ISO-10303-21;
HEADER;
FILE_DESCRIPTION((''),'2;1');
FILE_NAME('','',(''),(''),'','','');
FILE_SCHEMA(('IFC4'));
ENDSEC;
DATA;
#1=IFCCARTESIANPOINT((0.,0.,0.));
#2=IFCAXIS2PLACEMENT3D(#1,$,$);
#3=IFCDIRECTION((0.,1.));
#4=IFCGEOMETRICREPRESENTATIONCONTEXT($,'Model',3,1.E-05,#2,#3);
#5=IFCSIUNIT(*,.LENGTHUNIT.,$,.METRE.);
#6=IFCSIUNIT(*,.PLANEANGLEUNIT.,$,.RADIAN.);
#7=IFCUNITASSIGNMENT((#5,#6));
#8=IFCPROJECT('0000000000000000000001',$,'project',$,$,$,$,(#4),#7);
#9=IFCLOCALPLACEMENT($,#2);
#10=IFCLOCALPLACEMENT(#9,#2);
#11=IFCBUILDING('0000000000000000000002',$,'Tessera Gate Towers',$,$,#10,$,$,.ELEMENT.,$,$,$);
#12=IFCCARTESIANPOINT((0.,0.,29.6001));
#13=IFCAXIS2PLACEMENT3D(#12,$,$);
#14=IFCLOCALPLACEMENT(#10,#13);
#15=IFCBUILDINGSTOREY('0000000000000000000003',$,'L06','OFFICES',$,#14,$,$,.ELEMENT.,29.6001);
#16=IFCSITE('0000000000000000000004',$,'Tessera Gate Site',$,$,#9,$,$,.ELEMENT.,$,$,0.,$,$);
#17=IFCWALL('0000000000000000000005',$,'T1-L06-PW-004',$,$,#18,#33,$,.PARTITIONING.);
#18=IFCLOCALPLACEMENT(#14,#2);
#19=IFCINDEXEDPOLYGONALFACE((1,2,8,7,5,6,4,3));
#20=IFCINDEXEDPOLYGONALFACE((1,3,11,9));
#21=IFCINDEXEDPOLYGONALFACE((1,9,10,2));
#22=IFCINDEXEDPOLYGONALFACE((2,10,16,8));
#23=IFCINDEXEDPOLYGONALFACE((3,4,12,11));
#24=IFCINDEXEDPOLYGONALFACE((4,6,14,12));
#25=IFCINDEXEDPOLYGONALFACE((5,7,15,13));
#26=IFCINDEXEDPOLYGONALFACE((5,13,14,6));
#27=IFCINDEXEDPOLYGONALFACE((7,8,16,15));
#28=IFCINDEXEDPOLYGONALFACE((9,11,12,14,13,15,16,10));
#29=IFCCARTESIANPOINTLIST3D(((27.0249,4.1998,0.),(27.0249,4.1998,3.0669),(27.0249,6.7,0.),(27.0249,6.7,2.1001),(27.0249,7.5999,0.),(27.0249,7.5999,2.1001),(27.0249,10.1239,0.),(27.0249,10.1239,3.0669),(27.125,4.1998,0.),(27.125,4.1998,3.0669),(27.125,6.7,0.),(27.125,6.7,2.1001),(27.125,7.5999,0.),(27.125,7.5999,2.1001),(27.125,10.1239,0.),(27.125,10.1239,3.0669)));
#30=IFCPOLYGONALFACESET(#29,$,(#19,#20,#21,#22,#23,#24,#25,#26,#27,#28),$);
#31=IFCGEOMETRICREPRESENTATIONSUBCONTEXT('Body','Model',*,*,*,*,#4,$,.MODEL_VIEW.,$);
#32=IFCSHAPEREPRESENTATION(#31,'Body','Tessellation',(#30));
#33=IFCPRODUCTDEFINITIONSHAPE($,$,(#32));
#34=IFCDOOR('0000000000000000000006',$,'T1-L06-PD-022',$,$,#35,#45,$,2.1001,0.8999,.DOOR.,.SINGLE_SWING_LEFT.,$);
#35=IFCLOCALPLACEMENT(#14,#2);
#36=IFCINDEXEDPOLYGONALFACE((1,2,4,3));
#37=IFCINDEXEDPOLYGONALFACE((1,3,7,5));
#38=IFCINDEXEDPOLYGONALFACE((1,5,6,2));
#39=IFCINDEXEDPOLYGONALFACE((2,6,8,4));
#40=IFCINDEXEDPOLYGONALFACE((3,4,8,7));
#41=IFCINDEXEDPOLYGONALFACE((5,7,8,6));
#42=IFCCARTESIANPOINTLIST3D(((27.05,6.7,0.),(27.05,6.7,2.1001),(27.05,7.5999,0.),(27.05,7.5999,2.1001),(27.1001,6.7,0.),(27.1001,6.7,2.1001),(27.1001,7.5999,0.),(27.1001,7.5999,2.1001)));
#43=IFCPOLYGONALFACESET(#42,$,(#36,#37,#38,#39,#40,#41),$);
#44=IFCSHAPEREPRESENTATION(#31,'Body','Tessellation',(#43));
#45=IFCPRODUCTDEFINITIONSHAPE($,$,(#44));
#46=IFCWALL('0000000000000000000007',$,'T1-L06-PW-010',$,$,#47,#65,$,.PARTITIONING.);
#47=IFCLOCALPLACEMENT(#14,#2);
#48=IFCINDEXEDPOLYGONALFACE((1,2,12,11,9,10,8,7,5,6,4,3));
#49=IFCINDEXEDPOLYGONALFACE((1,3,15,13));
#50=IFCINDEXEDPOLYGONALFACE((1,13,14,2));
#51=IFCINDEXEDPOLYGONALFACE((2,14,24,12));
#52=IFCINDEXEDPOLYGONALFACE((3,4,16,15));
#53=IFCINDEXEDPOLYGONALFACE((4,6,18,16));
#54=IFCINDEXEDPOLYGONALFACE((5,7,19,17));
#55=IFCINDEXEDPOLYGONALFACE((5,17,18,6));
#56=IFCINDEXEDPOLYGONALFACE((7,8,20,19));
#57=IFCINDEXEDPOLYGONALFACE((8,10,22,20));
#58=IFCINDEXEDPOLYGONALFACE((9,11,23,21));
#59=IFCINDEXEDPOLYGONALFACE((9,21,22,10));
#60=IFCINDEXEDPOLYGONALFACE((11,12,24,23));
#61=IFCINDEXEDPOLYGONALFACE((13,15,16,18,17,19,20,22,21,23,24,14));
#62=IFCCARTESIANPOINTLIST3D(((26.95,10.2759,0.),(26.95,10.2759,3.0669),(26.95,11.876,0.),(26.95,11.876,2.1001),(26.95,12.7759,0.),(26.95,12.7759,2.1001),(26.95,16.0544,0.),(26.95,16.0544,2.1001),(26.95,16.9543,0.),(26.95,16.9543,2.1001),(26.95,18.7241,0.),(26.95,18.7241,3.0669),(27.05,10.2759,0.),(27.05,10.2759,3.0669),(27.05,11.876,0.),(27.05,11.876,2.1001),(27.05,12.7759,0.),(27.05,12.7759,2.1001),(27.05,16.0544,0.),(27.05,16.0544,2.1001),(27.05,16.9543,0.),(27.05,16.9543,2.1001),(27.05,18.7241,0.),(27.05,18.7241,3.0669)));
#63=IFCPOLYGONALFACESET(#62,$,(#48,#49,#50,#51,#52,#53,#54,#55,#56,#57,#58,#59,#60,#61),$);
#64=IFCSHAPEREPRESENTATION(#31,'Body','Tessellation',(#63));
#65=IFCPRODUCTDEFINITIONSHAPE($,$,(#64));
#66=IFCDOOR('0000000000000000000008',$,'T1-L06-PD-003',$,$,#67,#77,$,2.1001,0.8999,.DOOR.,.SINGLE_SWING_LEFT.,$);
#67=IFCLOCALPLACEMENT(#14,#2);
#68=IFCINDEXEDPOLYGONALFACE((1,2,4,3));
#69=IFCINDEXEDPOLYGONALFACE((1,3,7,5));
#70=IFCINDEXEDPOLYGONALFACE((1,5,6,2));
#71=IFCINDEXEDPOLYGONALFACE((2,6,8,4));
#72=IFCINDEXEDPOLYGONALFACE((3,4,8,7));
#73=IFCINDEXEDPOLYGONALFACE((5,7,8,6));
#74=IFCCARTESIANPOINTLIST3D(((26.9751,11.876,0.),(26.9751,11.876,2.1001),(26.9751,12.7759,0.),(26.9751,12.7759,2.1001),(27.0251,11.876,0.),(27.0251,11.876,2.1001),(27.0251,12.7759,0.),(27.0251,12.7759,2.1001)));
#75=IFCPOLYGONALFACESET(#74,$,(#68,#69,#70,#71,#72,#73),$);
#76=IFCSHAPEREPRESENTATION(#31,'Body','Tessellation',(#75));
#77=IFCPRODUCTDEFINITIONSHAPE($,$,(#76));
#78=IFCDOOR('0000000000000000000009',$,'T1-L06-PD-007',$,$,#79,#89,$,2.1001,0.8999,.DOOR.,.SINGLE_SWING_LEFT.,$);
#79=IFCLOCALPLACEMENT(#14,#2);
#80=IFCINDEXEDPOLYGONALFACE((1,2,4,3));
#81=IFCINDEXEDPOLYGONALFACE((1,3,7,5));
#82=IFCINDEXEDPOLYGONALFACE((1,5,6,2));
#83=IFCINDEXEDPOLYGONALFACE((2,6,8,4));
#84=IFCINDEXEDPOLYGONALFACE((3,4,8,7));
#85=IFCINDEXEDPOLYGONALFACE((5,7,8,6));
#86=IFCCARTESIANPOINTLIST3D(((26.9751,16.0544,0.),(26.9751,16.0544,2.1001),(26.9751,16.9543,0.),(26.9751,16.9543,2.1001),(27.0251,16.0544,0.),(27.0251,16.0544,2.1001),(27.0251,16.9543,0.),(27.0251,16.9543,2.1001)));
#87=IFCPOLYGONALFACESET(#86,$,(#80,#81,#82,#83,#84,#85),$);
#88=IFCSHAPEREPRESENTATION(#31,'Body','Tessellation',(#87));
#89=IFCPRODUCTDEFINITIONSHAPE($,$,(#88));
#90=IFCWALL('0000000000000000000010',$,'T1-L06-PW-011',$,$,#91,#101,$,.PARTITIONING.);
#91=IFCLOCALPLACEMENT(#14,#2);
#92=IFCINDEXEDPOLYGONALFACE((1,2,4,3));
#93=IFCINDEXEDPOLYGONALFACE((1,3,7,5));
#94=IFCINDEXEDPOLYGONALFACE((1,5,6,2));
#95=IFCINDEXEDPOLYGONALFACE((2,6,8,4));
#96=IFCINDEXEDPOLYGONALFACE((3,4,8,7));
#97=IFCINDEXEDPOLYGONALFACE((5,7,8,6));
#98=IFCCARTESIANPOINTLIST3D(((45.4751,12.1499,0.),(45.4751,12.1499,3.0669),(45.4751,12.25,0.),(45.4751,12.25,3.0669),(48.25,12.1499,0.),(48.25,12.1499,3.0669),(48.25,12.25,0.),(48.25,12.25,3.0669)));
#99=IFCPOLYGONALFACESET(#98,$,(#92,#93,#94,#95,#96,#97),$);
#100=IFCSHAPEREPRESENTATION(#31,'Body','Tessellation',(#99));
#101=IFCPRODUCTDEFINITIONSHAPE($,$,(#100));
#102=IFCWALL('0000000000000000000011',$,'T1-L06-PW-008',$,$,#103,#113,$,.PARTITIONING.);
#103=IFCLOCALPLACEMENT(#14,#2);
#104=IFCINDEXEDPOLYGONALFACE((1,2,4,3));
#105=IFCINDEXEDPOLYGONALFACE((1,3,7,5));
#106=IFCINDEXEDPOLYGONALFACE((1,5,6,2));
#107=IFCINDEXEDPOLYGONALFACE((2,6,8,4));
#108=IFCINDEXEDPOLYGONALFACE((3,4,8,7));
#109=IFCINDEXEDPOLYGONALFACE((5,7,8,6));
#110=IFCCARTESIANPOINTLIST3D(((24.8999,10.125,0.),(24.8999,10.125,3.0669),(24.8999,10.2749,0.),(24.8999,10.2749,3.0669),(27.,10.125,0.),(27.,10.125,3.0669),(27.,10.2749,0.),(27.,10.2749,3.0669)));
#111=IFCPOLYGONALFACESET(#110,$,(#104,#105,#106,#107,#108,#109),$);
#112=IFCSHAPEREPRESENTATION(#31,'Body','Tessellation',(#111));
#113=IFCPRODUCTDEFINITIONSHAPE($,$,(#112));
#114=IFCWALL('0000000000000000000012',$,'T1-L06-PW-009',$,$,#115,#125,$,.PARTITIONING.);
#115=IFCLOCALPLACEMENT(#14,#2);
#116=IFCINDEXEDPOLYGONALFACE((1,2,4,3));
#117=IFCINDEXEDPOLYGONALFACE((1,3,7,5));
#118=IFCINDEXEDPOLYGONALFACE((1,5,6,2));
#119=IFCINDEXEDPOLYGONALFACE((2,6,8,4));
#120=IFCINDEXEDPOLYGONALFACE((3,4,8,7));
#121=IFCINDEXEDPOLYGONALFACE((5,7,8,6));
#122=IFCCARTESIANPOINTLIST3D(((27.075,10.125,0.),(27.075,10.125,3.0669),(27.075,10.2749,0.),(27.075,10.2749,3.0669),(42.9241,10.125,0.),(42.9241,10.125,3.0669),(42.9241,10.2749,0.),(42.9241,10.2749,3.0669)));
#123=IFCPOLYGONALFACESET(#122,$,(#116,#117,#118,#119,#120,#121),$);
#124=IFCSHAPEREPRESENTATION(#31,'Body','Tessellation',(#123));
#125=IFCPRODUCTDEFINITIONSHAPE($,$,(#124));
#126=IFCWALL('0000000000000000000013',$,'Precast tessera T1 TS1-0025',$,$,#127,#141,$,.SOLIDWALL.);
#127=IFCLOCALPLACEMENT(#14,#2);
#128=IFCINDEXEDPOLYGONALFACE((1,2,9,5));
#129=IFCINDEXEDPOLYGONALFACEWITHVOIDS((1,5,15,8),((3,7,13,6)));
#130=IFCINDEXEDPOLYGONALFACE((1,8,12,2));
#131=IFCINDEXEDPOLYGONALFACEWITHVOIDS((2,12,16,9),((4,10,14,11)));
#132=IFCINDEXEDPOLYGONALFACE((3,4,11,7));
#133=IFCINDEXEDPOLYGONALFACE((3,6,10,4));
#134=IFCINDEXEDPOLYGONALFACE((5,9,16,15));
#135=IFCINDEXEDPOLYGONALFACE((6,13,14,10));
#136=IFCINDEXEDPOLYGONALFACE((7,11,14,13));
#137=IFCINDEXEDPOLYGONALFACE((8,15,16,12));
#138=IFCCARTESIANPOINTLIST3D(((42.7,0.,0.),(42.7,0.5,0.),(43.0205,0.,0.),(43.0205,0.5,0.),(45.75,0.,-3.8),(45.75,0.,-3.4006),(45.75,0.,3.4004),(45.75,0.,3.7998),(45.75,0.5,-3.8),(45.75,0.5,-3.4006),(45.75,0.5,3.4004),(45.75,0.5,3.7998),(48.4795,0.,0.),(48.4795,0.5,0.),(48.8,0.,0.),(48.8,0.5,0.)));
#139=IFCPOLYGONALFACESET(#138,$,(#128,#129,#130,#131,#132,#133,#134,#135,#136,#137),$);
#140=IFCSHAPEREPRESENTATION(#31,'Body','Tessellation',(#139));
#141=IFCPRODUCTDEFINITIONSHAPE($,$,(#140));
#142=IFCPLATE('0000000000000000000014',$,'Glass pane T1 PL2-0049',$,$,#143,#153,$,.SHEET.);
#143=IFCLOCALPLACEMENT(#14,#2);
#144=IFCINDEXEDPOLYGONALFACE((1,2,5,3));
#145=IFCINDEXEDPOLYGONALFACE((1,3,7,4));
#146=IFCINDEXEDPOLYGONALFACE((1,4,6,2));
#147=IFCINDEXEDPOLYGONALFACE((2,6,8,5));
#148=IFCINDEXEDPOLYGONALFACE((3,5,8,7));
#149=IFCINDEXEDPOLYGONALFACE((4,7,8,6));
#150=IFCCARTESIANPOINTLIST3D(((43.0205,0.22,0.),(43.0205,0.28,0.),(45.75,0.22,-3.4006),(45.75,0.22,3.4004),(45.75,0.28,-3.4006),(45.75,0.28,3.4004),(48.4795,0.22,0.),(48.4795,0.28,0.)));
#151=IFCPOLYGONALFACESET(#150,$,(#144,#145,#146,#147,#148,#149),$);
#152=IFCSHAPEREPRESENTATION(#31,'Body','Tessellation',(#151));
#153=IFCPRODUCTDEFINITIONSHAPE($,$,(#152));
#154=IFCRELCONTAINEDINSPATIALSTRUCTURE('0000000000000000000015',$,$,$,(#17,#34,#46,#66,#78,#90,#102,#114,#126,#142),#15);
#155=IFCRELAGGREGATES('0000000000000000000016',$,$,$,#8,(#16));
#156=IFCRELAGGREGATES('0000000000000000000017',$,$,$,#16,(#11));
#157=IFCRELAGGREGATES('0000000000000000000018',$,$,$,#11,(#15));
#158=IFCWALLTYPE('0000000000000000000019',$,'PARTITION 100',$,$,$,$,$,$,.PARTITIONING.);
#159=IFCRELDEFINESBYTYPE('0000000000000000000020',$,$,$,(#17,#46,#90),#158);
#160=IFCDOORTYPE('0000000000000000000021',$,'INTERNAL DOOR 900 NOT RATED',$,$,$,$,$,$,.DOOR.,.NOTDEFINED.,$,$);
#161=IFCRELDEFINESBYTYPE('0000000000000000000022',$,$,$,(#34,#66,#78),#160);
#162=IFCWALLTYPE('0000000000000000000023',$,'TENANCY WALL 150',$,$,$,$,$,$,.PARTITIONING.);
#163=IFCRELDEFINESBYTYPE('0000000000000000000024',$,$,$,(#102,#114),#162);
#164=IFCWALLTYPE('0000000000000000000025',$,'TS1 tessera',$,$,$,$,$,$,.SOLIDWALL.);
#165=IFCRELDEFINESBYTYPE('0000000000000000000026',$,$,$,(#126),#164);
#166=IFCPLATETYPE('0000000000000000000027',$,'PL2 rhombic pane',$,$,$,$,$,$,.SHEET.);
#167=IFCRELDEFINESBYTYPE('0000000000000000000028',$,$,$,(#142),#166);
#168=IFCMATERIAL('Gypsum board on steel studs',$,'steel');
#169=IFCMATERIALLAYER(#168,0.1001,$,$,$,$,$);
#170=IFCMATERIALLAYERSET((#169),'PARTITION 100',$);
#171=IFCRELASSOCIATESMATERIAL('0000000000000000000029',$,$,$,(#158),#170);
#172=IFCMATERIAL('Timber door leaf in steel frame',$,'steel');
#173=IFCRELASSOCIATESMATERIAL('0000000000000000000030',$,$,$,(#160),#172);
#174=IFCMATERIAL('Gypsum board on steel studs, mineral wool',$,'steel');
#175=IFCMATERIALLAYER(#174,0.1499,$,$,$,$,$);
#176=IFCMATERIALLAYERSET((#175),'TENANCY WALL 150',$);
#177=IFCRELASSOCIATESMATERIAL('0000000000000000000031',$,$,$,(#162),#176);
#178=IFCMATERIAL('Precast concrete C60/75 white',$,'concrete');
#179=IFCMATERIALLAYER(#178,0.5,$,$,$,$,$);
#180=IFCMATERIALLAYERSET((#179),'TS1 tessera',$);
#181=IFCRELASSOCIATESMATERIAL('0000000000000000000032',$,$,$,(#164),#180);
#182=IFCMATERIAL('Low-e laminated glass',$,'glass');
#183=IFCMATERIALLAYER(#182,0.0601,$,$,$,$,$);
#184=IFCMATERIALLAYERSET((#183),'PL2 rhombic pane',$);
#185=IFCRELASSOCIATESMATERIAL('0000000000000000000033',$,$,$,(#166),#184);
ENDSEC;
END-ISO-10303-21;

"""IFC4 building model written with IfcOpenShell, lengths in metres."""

from ifc_helpers import new_model, si_unit, direction, frame, frame_2d, origin, place, context, subcontext, project, spatial, polyline, rectangle, outline, extrude, source, transform, mapped, material, layer, layer_set, type_object, element, fill, save


model = new_model("IFC4")

# Units and contexts
model_context = context("Model", 3, precision=1e-05, world=origin(), true_north=direction((0.0, 1.0)))
body_context = subcontext(model_context, "Body", "Model", "MODEL_VIEW")
ifc_project = project(units=[si_unit("LENGTHUNIT", "METRE"), si_unit("PLANEANGLEUNIT", "RADIAN")], contexts=[model_context])

# Site, building, storey
site_placement = place(None, origin())
site = spatial("IfcSite", under=ifc_project, at=site_placement, Name="Tessera Gate Site", CompositionType="ELEMENT", RefElevation=0.0)
building_placement = place(site_placement, origin())
building = spatial("IfcBuilding", under=site, at=building_placement, Name="Tessera Gate Towers", CompositionType="ELEMENT")
storey_placement = place(building_placement, frame((0.0, 0.0, 29.6001)))
storey = spatial("IfcBuildingStorey", under=building, at=storey_placement, Name="L06", Description="OFFICES", CompositionType="ELEMENT", Elevation=29.6001)

# Shared definitions
shared_shape_1 = source(origin(), body_context, "Body", "SweptSolid", [
    extrude(rectangle(XDim=0.8999, YDim=2.1001, at=frame_2d((0.45, 1.05))), frame((0.0, 0.0249, 0.0), z_axis=(0.0, -1.0, 0.0), x_axis=(1.0, 0.0, 0.0)), (0.0, 0.0, 1.0), 0.05),
])

# Shared definitions
ifc_material_1 = material(Name="Gypsum board on steel studs", Category="steel")
ifc_layer_1 = layer(ifc_material_1, 0.1001)
ifc_layer_set_1 = layer_set([ifc_layer_1], Name="PARTITION 100")
wall_type_1 = type_object("IfcWallType", Name="PARTITION 100", PredefinedType="PARTITIONING", material=ifc_layer_set_1)

# Wall, opening, door
wall_1_placement = place(storey_placement, frame((27.075, 4.2, 0.0), z_axis=(0.0, 0.0, 1.0), x_axis=(0.0, 1.0, 0.0)))
wall_1 = element("IfcWall", 1, at=wall_1_placement, inside=storey, type_object=wall_type_1, Name="T1-L06-PW-004", PredefinedType="PARTITIONING", context=body_context, shape_type="SweptSolid", body=[
    extrude(rectangle(XDim=5.9241, YDim=0.1001, at=frame_2d((2.9619, 0.0))), origin(), (0.0, 0.0, 1.0), 3.0669),
])
shared_shape_2 = source(origin(), body_context, "Body", "SweptSolid", [
    extrude(rectangle(XDim=0.8999, YDim=2.1001, at=frame_2d((0.45, 1.05))), frame((0.0, 0.0601, 0.0), z_axis=(0.0, -1.0, 0.0), x_axis=(1.0, 0.0, 0.0)), (0.0, 0.0, 1.0), 0.1201),
])
opening_1_placement = place(wall_1_placement, frame((2.5, 0.0, 0.0)))
opening_1 = element("IfcOpeningElement", 2, at=opening_1_placement, cuts=wall_1, PredefinedType="OPENING", context=body_context, shape_type="MappedRepresentation", body=[
    mapped(shared_shape_2, transform((0.0, 0.0, 0.0), scale=1.0)),
])
ifc_material_2 = material(Name="Timber door leaf in steel frame", Category="steel")
door_type_1 = type_object("IfcDoorType", Name="INTERNAL DOOR 900 NOT RATED", OperationType="NOTDEFINED", PredefinedType="DOOR", material=ifc_material_2)
door_1_placement = place(opening_1_placement, origin())
door_1 = element("IfcDoor", 3, at=door_1_placement, inside=storey, type_object=door_type_1, Name="T1-L06-PD-022", OperationType="SINGLE_SWING_LEFT", OverallHeight=2.1001, OverallWidth=0.8999, PredefinedType="DOOR", context=body_context, shape_type="MappedRepresentation", body=[
    mapped(shared_shape_1, transform((0.0, 0.0, 0.0), scale=1.0)),
])
fill(opening_1, door_1)

# Wall, openings, doors
wall_2_placement = place(storey_placement, frame((27.0, 10.2759, 0.0), z_axis=(0.0, 0.0, 1.0), x_axis=(0.0, 1.0, 0.0)))
wall_2 = element("IfcWall", 4, at=wall_2_placement, inside=storey, type_object=wall_type_1, Name="T1-L06-PW-010", PredefinedType="PARTITIONING", context=body_context, shape_type="SweptSolid", body=[
    extrude(rectangle(XDim=8.4482, YDim=0.1001, at=frame_2d((4.2241, 0.0))), origin(), (0.0, 0.0, 1.0), 3.0669),
])
opening_2_placement = place(wall_2_placement, frame((1.6001, 0.0, 0.0)))
opening_2 = element("IfcOpeningElement", 5, at=opening_2_placement, cuts=wall_2, PredefinedType="OPENING", context=body_context, shape_type="MappedRepresentation", body=[
    mapped(shared_shape_2, transform((0.0, 0.0, 0.0), scale=1.0)),
])
opening_3_placement = place(wall_2_placement, frame((5.7786, 0.0, 0.0)))
opening_3 = element("IfcOpeningElement", 6, at=opening_3_placement, cuts=wall_2, PredefinedType="OPENING", context=body_context, shape_type="MappedRepresentation", body=[
    mapped(shared_shape_2, transform((0.0, 0.0, 0.0), scale=1.0)),
])
door_2_placement = place(opening_2_placement, origin())
door_2 = element("IfcDoor", 7, at=door_2_placement, inside=storey, type_object=door_type_1, Name="T1-L06-PD-003", OperationType="SINGLE_SWING_LEFT", OverallHeight=2.1001, OverallWidth=0.8999, PredefinedType="DOOR", context=body_context, shape_type="MappedRepresentation", body=[
    mapped(shared_shape_1, transform((0.0, 0.0, 0.0), scale=1.0)),
])
fill(opening_2, door_2)
door_3_placement = place(opening_3_placement, origin())
door_3 = element("IfcDoor", 8, at=door_3_placement, inside=storey, type_object=door_type_1, Name="T1-L06-PD-007", OperationType="SINGLE_SWING_LEFT", OverallHeight=2.1001, OverallWidth=0.8999, PredefinedType="DOOR", context=body_context, shape_type="MappedRepresentation", body=[
    mapped(shared_shape_1, transform((0.0, 0.0, 0.0), scale=1.0)),
])
fill(opening_3, door_3)

# Walls
wall_3_placement = place(storey_placement, frame((48.25, 12.2, 0.0), z_axis=(0.0, 0.0, 1.0), x_axis=(-1.0, 0.0, 0.0)))
element("IfcWall", 9, at=wall_3_placement, inside=storey, type_object=wall_type_1, Name="T1-L06-PW-011", PredefinedType="PARTITIONING", context=body_context, shape_type="SweptSolid", body=[
    extrude(rectangle(XDim=2.7749, YDim=0.1001, at=frame_2d((1.3875, 0.0))), origin(), (0.0, 0.0, 1.0), 3.0669),
])
ifc_material_3 = material(Name="Gypsum board on steel studs, mineral wool", Category="steel")
ifc_layer_2 = layer(ifc_material_3, 0.1499)
ifc_layer_set_2 = layer_set([ifc_layer_2], Name="TENANCY WALL 150")
wall_type_2 = type_object("IfcWallType", Name="TENANCY WALL 150", PredefinedType="PARTITIONING", material=ifc_layer_set_2)
wall_4_placement = place(storey_placement, frame((24.8999, 10.2, 0.0), z_axis=(0.0, 0.0, 1.0), x_axis=(1.0, 0.0, 0.0)))
element("IfcWall", 10, at=wall_4_placement, inside=storey, type_object=wall_type_2, Name="T1-L06-PW-008", PredefinedType="PARTITIONING", context=body_context, shape_type="SweptSolid", body=[
    extrude(rectangle(XDim=2.1001, YDim=0.1499, at=frame_2d((1.05, 0.0))), origin(), (0.0, 0.0, 1.0), 3.0669),
])
wall_5_placement = place(storey_placement, frame((27.075, 10.2, 0.0), z_axis=(0.0, 0.0, 1.0), x_axis=(1.0, 0.0, 0.0)))
element("IfcWall", 11, at=wall_5_placement, inside=storey, type_object=wall_type_2, Name="T1-L06-PW-009", PredefinedType="PARTITIONING", context=body_context, shape_type="SweptSolid", body=[
    extrude(rectangle(XDim=15.8491, YDim=0.1499, at=frame_2d((7.9246, 0.0))), origin(), (0.0, 0.0, 1.0), 3.0669),
])

# Wall, opening, plate
ifc_material_4 = material(Name="Precast concrete C60/75 white", Category="concrete")
ifc_layer_3 = layer(ifc_material_4, 0.5)
ifc_layer_set_3 = layer_set([ifc_layer_3], Name="TS1 tessera")
wall_type_3 = type_object("IfcWallType", Name="TS1 tessera", PredefinedType="SOLIDWALL", material=ifc_layer_set_3)
shared_shape_3 = source(origin(), body_context, "Body", "SweptSolid", [
    extrude(outline(polyline([(3.05, 0.0), (6.1001, 3.8), (3.05, 7.5999), (0.0, 3.8), (3.05, 0.0)])), frame((0.0, 0.25, 0.0), z_axis=(0.0, -1.0, 0.0), x_axis=(1.0, 0.0, 0.0)), (0.0, 0.0, 1.0), 0.5),
])
wall_6_placement = place(storey_placement, frame((42.7, 0.25, -3.8), z_axis=(0.0, 0.0, 1.0), x_axis=(1.0, 0.0, 0.0)))
wall_6 = element("IfcWall", 12, at=wall_6_placement, inside=storey, type_object=wall_type_3, Name="Precast tessera T1 TS1-0025", PredefinedType="SOLIDWALL", context=body_context, shape_type="MappedRepresentation", body=[
    mapped(shared_shape_3, transform((0.0, 0.0, 0.0), scale=1.0)),
])
shared_shape_4 = source(origin(), body_context, "Body", "SweptSolid", [
    extrude(outline(polyline([(3.05, 0.3994), (5.7795, 3.8), (3.05, 7.2004), (0.3206, 3.8), (3.05, 0.3994)])), frame((0.0, 0.26, 0.0), z_axis=(0.0, -1.0, 0.0), x_axis=(1.0, 0.0, 0.0)), (0.0, 0.0, 1.0), 0.52),
])
opening_4_placement = place(wall_6_placement, origin())
opening_4 = element("IfcOpeningElement", 13, at=opening_4_placement, cuts=wall_6, PredefinedType="OPENING", context=body_context, shape_type="MappedRepresentation", body=[
    mapped(shared_shape_4, transform((0.0, 0.0, 0.0), scale=1.0)),
])
ifc_material_5 = material(Name="Low-e laminated glass", Category="glass")
ifc_layer_4 = layer(ifc_material_5, 0.0601)
ifc_layer_set_4 = layer_set([ifc_layer_4], Name="PL2 rhombic pane")
plate_type = type_object("IfcPlateType", Name="PL2 rhombic pane", PredefinedType="SHEET", material=ifc_layer_set_4)
shared_shape_5 = source(origin(), body_context, "Body", "SweptSolid", [
    extrude(outline(polyline([(3.05, 0.3994), (5.7795, 3.8), (3.05, 7.2004), (0.3206, 3.8), (3.05, 0.3994)])), frame((0.0, 0.03, 0.0), z_axis=(0.0, -1.0, 0.0), x_axis=(1.0, 0.0, 0.0)), (0.0, 0.0, 1.0), 0.0601),
])
plate_placement = place(opening_4_placement, origin())
plate = element("IfcPlate", 14, at=plate_placement, inside=storey, type_object=plate_type, Name="Glass pane T1 PL2-0049", PredefinedType="SHEET", context=body_context, shape_type="MappedRepresentation", body=[
    mapped(shared_shape_5, transform((0.0, 0.0, 0.0), scale=1.0)),
])
fill(opening_4, plate)

save(model, "model.ifc")
